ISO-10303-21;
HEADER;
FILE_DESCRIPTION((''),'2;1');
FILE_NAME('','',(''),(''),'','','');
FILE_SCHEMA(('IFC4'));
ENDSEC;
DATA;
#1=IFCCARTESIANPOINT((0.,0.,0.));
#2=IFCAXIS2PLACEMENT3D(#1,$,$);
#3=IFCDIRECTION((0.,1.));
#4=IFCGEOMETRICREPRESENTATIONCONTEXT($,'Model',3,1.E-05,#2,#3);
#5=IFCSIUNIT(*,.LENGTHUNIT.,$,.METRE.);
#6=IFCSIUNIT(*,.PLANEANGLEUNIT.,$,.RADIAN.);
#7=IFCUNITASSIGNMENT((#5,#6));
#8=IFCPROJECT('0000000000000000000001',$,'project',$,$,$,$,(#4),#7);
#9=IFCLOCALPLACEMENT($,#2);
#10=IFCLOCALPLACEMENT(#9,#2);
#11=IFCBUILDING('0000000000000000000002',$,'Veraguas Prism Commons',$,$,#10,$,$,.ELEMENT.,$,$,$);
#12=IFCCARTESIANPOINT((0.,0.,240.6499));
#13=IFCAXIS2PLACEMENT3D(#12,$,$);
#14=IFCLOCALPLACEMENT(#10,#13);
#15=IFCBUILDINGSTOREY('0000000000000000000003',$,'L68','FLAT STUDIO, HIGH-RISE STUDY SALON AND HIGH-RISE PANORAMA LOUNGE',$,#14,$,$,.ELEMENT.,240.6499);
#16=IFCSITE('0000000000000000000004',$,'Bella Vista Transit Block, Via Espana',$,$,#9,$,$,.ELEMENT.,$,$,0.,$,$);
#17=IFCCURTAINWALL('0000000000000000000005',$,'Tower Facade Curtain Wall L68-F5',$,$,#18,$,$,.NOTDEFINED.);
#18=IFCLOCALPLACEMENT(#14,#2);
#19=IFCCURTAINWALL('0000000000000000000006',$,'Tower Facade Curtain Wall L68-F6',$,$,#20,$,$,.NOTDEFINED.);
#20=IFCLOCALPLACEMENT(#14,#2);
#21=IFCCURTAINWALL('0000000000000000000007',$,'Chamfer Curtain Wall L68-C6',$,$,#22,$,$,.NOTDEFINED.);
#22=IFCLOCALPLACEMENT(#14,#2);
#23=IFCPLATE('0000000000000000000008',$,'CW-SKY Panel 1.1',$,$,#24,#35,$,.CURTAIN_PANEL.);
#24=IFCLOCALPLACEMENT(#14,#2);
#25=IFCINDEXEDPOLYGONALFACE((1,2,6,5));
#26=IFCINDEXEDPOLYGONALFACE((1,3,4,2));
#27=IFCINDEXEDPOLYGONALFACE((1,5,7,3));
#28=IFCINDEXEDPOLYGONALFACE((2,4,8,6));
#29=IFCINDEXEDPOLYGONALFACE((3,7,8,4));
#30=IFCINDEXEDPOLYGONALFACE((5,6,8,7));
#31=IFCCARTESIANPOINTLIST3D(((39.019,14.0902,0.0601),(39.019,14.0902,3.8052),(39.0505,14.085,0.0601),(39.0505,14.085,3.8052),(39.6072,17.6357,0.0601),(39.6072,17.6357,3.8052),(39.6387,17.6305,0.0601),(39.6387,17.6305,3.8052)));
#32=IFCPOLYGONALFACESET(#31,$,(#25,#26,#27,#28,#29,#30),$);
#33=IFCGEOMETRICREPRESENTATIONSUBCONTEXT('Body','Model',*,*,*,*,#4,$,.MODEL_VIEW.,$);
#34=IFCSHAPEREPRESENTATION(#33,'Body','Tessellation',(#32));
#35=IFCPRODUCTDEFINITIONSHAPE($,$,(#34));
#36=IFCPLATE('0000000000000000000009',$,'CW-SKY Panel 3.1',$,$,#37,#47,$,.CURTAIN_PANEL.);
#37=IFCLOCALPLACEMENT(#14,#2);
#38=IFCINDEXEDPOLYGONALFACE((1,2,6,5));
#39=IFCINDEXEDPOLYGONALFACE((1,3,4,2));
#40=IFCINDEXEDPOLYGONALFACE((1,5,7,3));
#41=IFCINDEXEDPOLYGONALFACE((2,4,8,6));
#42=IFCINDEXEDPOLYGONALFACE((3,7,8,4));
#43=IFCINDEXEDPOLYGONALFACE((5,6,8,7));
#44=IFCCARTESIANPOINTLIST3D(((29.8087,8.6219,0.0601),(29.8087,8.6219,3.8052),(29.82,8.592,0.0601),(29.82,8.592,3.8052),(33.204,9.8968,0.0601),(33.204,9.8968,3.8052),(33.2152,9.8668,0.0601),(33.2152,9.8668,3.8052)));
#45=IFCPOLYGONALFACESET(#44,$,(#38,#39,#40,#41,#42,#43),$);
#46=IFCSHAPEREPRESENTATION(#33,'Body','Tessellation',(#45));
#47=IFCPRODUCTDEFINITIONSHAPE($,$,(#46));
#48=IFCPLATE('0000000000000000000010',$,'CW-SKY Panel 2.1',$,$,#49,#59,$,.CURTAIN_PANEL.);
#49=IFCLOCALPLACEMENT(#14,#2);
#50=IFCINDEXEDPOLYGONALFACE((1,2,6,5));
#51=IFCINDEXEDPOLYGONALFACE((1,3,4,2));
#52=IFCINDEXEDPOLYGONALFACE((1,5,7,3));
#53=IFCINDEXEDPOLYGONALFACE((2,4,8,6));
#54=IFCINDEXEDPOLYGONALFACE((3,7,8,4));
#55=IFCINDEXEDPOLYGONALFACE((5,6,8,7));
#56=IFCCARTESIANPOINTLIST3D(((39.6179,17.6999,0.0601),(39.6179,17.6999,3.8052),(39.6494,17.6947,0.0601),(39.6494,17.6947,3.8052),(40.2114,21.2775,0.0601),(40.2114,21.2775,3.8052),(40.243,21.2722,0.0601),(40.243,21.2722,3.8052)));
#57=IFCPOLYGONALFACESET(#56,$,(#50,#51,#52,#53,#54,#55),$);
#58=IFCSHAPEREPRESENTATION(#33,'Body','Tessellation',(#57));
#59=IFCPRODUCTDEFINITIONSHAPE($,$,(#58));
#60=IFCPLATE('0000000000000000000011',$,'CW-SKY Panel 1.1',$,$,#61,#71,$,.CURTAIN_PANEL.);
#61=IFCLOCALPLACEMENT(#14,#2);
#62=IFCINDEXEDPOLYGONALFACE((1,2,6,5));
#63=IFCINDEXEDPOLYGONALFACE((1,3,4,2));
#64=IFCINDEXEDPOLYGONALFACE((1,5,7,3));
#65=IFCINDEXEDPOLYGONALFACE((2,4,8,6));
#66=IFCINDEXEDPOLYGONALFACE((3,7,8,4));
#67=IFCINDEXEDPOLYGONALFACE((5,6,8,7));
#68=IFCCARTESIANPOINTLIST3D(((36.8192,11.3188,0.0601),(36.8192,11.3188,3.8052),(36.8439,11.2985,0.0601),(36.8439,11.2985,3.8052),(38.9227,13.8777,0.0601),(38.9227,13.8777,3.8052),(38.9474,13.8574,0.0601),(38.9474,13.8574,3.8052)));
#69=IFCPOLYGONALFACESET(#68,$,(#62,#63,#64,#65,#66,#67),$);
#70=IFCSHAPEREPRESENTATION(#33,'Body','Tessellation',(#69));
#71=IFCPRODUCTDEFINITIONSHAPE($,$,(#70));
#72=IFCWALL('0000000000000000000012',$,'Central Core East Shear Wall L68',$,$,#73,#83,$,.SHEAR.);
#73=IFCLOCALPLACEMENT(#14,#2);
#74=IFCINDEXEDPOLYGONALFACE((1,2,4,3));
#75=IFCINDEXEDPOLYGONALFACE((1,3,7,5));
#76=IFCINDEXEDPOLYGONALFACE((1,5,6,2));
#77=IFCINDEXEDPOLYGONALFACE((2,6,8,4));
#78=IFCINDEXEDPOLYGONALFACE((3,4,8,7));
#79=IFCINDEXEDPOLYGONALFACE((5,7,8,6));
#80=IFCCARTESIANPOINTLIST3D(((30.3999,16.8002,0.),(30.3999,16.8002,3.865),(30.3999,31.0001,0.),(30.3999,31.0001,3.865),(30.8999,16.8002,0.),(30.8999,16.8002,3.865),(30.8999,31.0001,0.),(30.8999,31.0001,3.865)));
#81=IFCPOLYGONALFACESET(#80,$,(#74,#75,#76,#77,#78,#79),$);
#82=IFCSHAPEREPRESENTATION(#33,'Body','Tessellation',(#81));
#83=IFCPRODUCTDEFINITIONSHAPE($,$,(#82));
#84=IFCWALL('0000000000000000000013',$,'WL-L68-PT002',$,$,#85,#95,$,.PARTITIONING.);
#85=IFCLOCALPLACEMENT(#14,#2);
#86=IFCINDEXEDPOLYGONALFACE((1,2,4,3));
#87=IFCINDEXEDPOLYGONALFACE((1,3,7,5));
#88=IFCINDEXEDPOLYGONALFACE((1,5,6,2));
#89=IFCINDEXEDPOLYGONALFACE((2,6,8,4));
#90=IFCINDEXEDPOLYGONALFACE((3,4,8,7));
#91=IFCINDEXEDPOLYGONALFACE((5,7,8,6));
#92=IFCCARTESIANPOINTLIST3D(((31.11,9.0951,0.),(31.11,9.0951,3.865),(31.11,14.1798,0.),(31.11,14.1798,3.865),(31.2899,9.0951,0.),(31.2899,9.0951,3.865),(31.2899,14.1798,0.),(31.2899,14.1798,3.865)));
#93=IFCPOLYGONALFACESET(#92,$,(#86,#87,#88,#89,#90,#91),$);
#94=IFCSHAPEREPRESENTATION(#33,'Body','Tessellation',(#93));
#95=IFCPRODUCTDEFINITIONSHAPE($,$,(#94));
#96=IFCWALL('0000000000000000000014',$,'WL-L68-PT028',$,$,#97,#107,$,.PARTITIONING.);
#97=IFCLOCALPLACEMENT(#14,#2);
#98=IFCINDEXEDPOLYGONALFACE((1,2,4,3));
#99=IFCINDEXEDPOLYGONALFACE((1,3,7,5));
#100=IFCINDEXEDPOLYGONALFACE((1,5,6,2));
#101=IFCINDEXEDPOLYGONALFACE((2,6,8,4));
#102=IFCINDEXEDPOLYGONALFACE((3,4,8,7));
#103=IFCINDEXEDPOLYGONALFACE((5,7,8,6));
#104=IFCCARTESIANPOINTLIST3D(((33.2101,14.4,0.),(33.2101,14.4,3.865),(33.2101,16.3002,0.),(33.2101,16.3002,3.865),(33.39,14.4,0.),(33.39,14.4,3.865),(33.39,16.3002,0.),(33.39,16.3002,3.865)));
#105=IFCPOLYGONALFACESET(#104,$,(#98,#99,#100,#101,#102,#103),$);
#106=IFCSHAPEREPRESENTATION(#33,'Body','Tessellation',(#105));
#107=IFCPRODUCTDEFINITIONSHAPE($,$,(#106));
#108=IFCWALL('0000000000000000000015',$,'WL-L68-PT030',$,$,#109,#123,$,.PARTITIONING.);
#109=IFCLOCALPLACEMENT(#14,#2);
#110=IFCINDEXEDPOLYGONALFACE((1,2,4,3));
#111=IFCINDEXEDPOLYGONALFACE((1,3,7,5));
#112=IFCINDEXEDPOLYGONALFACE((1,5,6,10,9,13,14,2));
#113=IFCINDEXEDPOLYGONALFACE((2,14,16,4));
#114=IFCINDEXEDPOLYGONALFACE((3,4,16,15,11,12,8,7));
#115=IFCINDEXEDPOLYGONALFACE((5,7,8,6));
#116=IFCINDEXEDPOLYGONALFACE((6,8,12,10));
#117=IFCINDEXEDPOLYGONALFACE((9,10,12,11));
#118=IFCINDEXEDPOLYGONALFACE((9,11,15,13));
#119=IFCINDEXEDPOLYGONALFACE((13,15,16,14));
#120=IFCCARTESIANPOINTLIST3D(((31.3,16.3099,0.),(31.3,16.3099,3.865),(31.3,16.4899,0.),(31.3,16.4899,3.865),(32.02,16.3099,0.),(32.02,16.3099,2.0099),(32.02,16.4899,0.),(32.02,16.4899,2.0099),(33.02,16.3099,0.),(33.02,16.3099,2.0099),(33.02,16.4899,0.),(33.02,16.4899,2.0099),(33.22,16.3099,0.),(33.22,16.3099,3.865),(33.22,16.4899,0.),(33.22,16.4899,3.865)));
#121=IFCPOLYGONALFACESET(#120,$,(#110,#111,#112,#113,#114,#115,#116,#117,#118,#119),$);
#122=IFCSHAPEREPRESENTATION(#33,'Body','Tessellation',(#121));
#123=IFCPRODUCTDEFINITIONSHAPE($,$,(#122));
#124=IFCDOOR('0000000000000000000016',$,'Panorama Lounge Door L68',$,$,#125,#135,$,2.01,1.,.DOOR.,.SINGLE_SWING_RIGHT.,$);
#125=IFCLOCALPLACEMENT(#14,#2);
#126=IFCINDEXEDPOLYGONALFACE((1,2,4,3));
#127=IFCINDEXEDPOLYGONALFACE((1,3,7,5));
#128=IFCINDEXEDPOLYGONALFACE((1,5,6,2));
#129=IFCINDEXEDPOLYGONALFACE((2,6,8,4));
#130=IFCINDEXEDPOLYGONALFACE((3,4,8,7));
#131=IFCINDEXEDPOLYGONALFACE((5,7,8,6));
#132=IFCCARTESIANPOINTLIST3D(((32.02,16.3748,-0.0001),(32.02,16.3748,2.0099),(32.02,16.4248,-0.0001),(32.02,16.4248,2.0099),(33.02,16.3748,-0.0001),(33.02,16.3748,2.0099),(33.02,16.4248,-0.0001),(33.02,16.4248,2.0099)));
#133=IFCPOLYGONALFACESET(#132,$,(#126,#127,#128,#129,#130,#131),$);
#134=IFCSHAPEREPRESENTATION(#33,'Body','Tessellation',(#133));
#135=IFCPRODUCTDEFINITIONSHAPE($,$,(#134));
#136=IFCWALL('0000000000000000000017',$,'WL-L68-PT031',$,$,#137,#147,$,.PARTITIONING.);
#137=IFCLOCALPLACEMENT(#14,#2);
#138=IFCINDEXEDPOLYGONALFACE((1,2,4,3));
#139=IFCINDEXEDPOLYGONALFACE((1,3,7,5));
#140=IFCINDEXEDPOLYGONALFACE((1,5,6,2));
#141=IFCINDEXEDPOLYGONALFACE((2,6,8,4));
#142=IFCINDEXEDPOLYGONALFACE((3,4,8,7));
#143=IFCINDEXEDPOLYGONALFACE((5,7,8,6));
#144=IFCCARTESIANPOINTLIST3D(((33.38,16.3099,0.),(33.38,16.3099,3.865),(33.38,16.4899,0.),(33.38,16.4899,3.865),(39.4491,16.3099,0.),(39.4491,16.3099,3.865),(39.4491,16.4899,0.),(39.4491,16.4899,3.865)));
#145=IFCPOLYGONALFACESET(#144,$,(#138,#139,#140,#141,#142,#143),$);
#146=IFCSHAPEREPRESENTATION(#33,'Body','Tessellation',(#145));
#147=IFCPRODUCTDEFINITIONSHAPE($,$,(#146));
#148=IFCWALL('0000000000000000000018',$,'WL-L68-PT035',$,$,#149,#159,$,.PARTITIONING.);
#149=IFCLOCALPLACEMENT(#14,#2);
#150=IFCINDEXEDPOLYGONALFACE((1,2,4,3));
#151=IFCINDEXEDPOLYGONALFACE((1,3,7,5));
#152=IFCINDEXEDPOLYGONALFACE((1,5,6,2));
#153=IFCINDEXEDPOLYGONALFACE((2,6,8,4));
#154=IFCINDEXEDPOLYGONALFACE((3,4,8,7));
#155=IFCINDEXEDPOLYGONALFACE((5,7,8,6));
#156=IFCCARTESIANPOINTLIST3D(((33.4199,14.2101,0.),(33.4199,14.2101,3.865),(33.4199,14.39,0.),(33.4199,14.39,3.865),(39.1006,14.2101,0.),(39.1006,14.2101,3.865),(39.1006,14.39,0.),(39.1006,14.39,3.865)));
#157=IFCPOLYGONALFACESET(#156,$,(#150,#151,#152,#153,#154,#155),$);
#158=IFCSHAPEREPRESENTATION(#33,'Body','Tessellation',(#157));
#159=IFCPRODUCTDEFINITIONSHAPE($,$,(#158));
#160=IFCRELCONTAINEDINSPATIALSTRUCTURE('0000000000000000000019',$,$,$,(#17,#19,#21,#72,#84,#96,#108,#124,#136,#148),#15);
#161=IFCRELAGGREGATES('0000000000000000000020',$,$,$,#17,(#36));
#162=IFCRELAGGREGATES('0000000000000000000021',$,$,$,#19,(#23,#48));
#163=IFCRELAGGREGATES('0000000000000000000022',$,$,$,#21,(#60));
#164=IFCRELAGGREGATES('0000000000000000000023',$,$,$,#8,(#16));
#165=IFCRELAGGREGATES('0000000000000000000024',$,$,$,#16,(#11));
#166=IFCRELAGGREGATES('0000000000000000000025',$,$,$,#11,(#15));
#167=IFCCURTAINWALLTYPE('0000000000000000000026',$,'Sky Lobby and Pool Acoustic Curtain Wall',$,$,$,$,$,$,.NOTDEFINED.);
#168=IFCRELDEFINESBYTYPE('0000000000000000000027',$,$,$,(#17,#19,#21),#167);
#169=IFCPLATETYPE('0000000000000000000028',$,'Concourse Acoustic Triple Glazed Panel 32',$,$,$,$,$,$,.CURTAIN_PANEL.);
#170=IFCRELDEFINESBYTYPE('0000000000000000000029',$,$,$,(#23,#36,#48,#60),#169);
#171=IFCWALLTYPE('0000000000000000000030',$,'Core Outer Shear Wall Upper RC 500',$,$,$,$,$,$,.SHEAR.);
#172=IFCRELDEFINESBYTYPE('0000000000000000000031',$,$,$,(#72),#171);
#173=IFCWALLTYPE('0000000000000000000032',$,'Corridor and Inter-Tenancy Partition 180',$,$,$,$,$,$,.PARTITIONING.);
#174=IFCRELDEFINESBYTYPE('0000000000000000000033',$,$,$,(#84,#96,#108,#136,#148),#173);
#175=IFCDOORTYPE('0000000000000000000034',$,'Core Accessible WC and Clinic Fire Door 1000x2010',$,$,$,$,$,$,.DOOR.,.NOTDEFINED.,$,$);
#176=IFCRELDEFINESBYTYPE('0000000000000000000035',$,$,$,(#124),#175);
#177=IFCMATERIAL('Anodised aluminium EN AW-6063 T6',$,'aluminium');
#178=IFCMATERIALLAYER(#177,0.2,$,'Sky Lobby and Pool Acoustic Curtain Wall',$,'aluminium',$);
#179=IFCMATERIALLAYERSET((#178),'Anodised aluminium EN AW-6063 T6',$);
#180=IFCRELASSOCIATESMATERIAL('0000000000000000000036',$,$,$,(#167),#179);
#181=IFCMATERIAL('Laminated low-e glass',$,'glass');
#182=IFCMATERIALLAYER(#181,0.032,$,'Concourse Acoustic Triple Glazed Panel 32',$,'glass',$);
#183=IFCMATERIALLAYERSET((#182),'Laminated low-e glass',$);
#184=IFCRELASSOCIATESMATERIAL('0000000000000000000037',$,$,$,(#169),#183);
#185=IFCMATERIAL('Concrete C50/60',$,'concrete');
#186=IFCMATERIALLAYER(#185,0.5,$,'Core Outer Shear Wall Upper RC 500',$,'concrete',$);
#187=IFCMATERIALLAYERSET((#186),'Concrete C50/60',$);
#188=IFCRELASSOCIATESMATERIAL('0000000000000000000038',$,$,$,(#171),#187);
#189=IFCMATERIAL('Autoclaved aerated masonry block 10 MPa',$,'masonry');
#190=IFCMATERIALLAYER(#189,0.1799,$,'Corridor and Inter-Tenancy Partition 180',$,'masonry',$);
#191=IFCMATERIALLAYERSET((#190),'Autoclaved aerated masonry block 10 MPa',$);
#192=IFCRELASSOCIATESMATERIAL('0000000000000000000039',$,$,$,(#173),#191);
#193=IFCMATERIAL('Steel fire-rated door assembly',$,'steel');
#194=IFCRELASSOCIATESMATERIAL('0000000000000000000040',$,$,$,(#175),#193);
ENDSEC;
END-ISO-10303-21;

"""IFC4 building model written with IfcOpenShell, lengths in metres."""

from ifc_helpers import new_model, si_unit, direction, frame, frame_2d, origin, origin_2d, place, context, subcontext, project, spatial, rectangle, extrude, source, transform, mapped, material, layer, layer_set, type_object, element, fill, aggregate, save


model = new_model("IFC4")

# Units and contexts
model_context = context("Model", 3, precision=1e-05, world=origin(), true_north=direction((0.0, 1.0)))
body_context = subcontext(model_context, "Body", "Model", "MODEL_VIEW")
ifc_project = project(units=[si_unit("LENGTHUNIT", "METRE"), si_unit("PLANEANGLEUNIT", "RADIAN")], contexts=[model_context])

# Site, building, storey
site_placement = place(None, origin())
site = spatial("IfcSite", under=ifc_project, at=site_placement, Name="Bella Vista Transit Block, Via Espana", CompositionType="ELEMENT", RefElevation=0.0)
building_placement = place(site_placement, origin())
building = spatial("IfcBuilding", under=site, at=building_placement, Name="Veraguas Prism Commons", CompositionType="ELEMENT")
storey_placement = place(building_placement, frame((0.0, 0.0, 240.6499)))
storey = spatial("IfcBuildingStorey", under=building, at=storey_placement, Name="L68", Description="FLAT STUDIO, HIGH-RISE STUDY SALON AND HIGH-RISE PANORAMA LOUNGE", CompositionType="ELEMENT", Elevation=240.6499)

# Shared definitions
ifc_material_1 = material(Name="Concrete C50/60", Category="concrete")

# Curtain walls
ifc_material_2 = material(Name="Anodised aluminium EN AW-6063 T6", Category="aluminium")
ifc_layer_1 = layer(ifc_material_2, 0.2, Name="Sky Lobby and Pool Acoustic Curtain Wall", Category="aluminium")
ifc_layer_set_1 = layer_set([ifc_layer_1], Name="Anodised aluminium EN AW-6063 T6")
curtain_wall_type = type_object("IfcCurtainWallType", Name="Sky Lobby and Pool Acoustic Curtain Wall", PredefinedType="NOTDEFINED", material=ifc_layer_set_1)
curtain_wall_1_placement = place(storey_placement, origin())
curtain_wall_1 = element("IfcCurtainWall", 1, at=curtain_wall_1_placement, inside=storey, type_object=curtain_wall_type, Name="Tower Facade Curtain Wall L68-F5", PredefinedType="NOTDEFINED")
curtain_wall_2_placement = place(storey_placement, origin())
curtain_wall_2 = element("IfcCurtainWall", 2, at=curtain_wall_2_placement, inside=storey, type_object=curtain_wall_type, Name="Tower Facade Curtain Wall L68-F6", PredefinedType="NOTDEFINED")
curtain_wall_3_placement = place(storey_placement, origin())
curtain_wall_3 = element("IfcCurtainWall", 3, at=curtain_wall_3_placement, inside=storey, type_object=curtain_wall_type, Name="Chamfer Curtain Wall L68-C6", PredefinedType="NOTDEFINED")

# Plates
ifc_material_3 = material(Name="Laminated low-e glass", Category="glass")
ifc_layer_2 = layer(ifc_material_3, 0.032, Name="Concourse Acoustic Triple Glazed Panel 32", Category="glass")
ifc_layer_set_2 = layer_set([ifc_layer_2], Name="Laminated low-e glass")
plate_type_1 = type_object("IfcPlateType", Name="Concourse Acoustic Triple Glazed Panel 32", PredefinedType="CURTAIN_PANEL", material=ifc_layer_set_2)
shared_shape_1 = source(origin(), body_context, "Body", "SweptSolid", [
    extrude(rectangle(XDim=3.594, YDim=0.032, at=origin_2d()), origin(), (0.0, 0.0, 1.0), 3.7451),
])
plate_1_placement = place(storey_placement, frame((39.3289, 15.8604, 0.0601), z_axis=(0.0, 0.0, 1.0), x_axis=(0.16367, 0.986515, 0.0)))
plate_1 = element("IfcPlate", 4, at=plate_1_placement, type_object=plate_type_1, Name="CW-SKY Panel 1.1", PredefinedType="CURTAIN_PANEL", context=body_context, shape_type="MappedRepresentation", body=[
    mapped(shared_shape_1, transform((0.0, 0.0, 0.0), scale=1.0)),
])
shared_shape_2 = source(origin(), body_context, "Body", "SweptSolid", [
    extrude(rectangle(XDim=3.6267, YDim=0.032, at=origin_2d()), origin(), (0.0, 0.0, 1.0), 3.7451),
])
plate_2_placement = place(storey_placement, frame((31.512, 9.2444, 0.0601), z_axis=(0.0, 0.0, 1.0), x_axis=(0.936182, 0.351515, 0.0)))
plate_2 = element("IfcPlate", 5, at=plate_2_placement, type_object=plate_type_1, Name="CW-SKY Panel 3.1", PredefinedType="CURTAIN_PANEL", context=body_context, shape_type="MappedRepresentation", body=[
    mapped(shared_shape_2, transform((0.0, 0.0, 0.0), scale=1.0)),
])
aggregate(curtain_wall_1, [plate_2])
shared_shape_3 = source(origin(), body_context, "Body", "SweptSolid", [
    extrude(rectangle(XDim=3.6265, YDim=0.032, at=origin_2d()), origin(), (0.0, 0.0, 1.0), 3.7451),
])
plate_3_placement = place(storey_placement, frame((39.9304, 19.4861, 0.0601), z_axis=(0.0, 0.0, 1.0), x_axis=(0.16367, 0.986515, 0.0)))
plate_3 = element("IfcPlate", 6, at=plate_3_placement, type_object=plate_type_1, Name="CW-SKY Panel 2.1", PredefinedType="CURTAIN_PANEL", context=body_context, shape_type="MappedRepresentation", body=[
    mapped(shared_shape_3, transform((0.0, 0.0, 0.0), scale=1.0)),
])
aggregate(curtain_wall_2, [plate_1, plate_3])
shared_shape_4 = source(origin(), body_context, "Body", "SweptSolid", [
    extrude(rectangle(XDim=3.3125, YDim=0.032, at=origin_2d()), origin(), (0.0, 0.0, 1.0), 3.7451),
])
plate_4_placement = place(storey_placement, frame((37.8833, 12.5881, 0.0601), z_axis=(0.0, 0.0, 1.0), x_axis=(0.635012, 0.772502, 0.0)))
plate_4 = element("IfcPlate", 7, at=plate_4_placement, type_object=plate_type_1, Name="CW-SKY Panel 1.1", PredefinedType="CURTAIN_PANEL", context=body_context, shape_type="MappedRepresentation", body=[
    mapped(shared_shape_4, transform((0.0, 0.0, 0.0), scale=1.0)),
])
aggregate(curtain_wall_3, [plate_4])

# Walls
ifc_layer_3 = layer(ifc_material_1, 0.5, Name="Core Outer Shear Wall Upper RC 500", Category="concrete")
ifc_layer_set_3 = layer_set([ifc_layer_3], Name="Concrete C50/60")
wall_type_1 = type_object("IfcWallType", Name="Core Outer Shear Wall Upper RC 500", PredefinedType="SHEAR", material=ifc_layer_set_3)
wall_1_placement = place(storey_placement, frame((30.6499, 16.8, 0.0), z_axis=(0.0, 0.0, 1.0), x_axis=(0.0, 1.0, 0.0)))
element("IfcWall", 8, at=wall_1_placement, inside=storey, type_object=wall_type_1, Name="Central Core East Shear Wall L68", PredefinedType="SHEAR", context=body_context, shape_type="SweptSolid", body=[
    extrude(rectangle(XDim=14.2, YDim=0.5, at=frame_2d((7.1001, 0.0))), origin(), (0.0, 0.0, 1.0), 3.865),
])
ifc_material_4 = material(Name="Autoclaved aerated masonry block 10 MPa", Category="masonry")
ifc_layer_4 = layer(ifc_material_4, 0.1799, Name="Corridor and Inter-Tenancy Partition 180", Category="masonry")
ifc_layer_set_4 = layer_set([ifc_layer_4], Name="Autoclaved aerated masonry block 10 MPa")
wall_type_2 = type_object("IfcWallType", Name="Corridor and Inter-Tenancy Partition 180", PredefinedType="PARTITIONING", material=ifc_layer_set_4)
wall_2_placement = place(storey_placement, frame((31.2, 14.1799, 0.0), z_axis=(0.0, 0.0, 1.0), x_axis=(0.0, -1.0, 0.0)))
element("IfcWall", 9, at=wall_2_placement, inside=storey, type_object=wall_type_2, Name="WL-L68-PT002", PredefinedType="PARTITIONING", context=body_context, shape_type="SweptSolid", body=[
    extrude(rectangle(XDim=5.0847, YDim=0.1799, at=frame_2d((2.5425, 0.0))), origin(), (0.0, 0.0, 1.0), 3.865),
])
wall_3_placement = place(storey_placement, frame((33.3, 14.3999, 0.0), z_axis=(0.0, 0.0, 1.0), x_axis=(0.0, 1.0, 0.0)))
element("IfcWall", 10, at=wall_3_placement, inside=storey, type_object=wall_type_2, Name="WL-L68-PT028", PredefinedType="PARTITIONING", context=body_context, shape_type="SweptSolid", body=[
    extrude(rectangle(XDim=1.9001, YDim=0.1799, at=frame_2d((0.9502, 0.0))), origin(), (0.0, 0.0, 1.0), 3.865),
])

# Wall, opening, door
wall_4_placement = place(storey_placement, frame((31.3, 16.3999, 0.0), z_axis=(0.0, 0.0, 1.0), x_axis=(1.0, 0.0, 0.0)))
wall_4 = element("IfcWall", 11, at=wall_4_placement, inside=storey, type_object=wall_type_2, Name="WL-L68-PT030", PredefinedType="PARTITIONING", context=body_context, shape_type="SweptSolid", body=[
    extrude(rectangle(XDim=1.9199, YDim=0.1799, at=frame_2d((0.96, 0.0))), origin(), (0.0, 0.0, 1.0), 3.865),
])
opening_1_placement = place(wall_4_placement, frame((0.72, 0.0, 0.0)))
opening_1 = element("IfcOpeningElement", 12, at=opening_1_placement, cuts=wall_4, PredefinedType="OPENING", context=body_context, shape_type="SweptSolid", body=[
    extrude(rectangle(XDim=1.0, YDim=2.01, at=frame_2d((0.5, 1.0049))), frame((0.0, 0.0999, 0.0), z_axis=(0.0, -1.0, 0.0), x_axis=(1.0, 0.0, 0.0)), (0.0, 0.0, 1.0), 0.2),
])
ifc_material_5 = material(Name="Steel fire-rated door assembly", Category="steel")
door_type_1 = type_object("IfcDoorType", Name="Core Accessible WC and Clinic Fire Door 1000x2010", OperationType="NOTDEFINED", PredefinedType="DOOR", material=ifc_material_5)
shared_shape_5 = source(origin(), body_context, "Body", "SweptSolid", [
    extrude(rectangle(XDim=1.0, YDim=2.01, at=frame_2d((0.5, 1.0049))), frame((0.0, 0.0249, 0.0), z_axis=(0.0, -1.0, 0.0), x_axis=(1.0, 0.0, 0.0)), (0.0, 0.0, 1.0), 0.05),
])
door_1_placement = place(opening_1_placement, origin())
door_1 = element("IfcDoor", 13, at=door_1_placement, inside=storey, type_object=door_type_1, Name="Panorama Lounge Door L68", OperationType="SINGLE_SWING_RIGHT", OverallHeight=2.01, OverallWidth=1.0, PredefinedType="DOOR", context=body_context, shape_type="MappedRepresentation", body=[
    mapped(shared_shape_5, transform((0.0, 0.0, 0.0), scale=1.0)),
])
fill(opening_1, door_1)

# Walls
wall_5_placement = place(storey_placement, frame((33.3799, 16.3999, 0.0), z_axis=(0.0, 0.0, 1.0), x_axis=(1.0, 0.0, 0.0)))
element("IfcWall", 14, at=wall_5_placement, inside=storey, type_object=wall_type_2, Name="WL-L68-PT031", PredefinedType="PARTITIONING", context=body_context, shape_type="SweptSolid", body=[
    extrude(rectangle(XDim=6.0691, YDim=0.1799, at=frame_2d((3.0347, 0.0))), origin(), (0.0, 0.0, 1.0), 3.865),
])
wall_6_placement = place(storey_placement, frame((33.4199, 14.3, 0.0), z_axis=(0.0, 0.0, 1.0), x_axis=(1.0, 0.0, 0.0)))
element("IfcWall", 15, at=wall_6_placement, inside=storey, type_object=wall_type_2, Name="WL-L68-PT035", PredefinedType="PARTITIONING", context=body_context, shape_type="SweptSolid", body=[
    extrude(rectangle(XDim=5.6807, YDim=0.1799, at=frame_2d((2.8403, 0.0))), origin(), (0.0, 0.0, 1.0), 3.865),
])

save(model, "model.ifc")
